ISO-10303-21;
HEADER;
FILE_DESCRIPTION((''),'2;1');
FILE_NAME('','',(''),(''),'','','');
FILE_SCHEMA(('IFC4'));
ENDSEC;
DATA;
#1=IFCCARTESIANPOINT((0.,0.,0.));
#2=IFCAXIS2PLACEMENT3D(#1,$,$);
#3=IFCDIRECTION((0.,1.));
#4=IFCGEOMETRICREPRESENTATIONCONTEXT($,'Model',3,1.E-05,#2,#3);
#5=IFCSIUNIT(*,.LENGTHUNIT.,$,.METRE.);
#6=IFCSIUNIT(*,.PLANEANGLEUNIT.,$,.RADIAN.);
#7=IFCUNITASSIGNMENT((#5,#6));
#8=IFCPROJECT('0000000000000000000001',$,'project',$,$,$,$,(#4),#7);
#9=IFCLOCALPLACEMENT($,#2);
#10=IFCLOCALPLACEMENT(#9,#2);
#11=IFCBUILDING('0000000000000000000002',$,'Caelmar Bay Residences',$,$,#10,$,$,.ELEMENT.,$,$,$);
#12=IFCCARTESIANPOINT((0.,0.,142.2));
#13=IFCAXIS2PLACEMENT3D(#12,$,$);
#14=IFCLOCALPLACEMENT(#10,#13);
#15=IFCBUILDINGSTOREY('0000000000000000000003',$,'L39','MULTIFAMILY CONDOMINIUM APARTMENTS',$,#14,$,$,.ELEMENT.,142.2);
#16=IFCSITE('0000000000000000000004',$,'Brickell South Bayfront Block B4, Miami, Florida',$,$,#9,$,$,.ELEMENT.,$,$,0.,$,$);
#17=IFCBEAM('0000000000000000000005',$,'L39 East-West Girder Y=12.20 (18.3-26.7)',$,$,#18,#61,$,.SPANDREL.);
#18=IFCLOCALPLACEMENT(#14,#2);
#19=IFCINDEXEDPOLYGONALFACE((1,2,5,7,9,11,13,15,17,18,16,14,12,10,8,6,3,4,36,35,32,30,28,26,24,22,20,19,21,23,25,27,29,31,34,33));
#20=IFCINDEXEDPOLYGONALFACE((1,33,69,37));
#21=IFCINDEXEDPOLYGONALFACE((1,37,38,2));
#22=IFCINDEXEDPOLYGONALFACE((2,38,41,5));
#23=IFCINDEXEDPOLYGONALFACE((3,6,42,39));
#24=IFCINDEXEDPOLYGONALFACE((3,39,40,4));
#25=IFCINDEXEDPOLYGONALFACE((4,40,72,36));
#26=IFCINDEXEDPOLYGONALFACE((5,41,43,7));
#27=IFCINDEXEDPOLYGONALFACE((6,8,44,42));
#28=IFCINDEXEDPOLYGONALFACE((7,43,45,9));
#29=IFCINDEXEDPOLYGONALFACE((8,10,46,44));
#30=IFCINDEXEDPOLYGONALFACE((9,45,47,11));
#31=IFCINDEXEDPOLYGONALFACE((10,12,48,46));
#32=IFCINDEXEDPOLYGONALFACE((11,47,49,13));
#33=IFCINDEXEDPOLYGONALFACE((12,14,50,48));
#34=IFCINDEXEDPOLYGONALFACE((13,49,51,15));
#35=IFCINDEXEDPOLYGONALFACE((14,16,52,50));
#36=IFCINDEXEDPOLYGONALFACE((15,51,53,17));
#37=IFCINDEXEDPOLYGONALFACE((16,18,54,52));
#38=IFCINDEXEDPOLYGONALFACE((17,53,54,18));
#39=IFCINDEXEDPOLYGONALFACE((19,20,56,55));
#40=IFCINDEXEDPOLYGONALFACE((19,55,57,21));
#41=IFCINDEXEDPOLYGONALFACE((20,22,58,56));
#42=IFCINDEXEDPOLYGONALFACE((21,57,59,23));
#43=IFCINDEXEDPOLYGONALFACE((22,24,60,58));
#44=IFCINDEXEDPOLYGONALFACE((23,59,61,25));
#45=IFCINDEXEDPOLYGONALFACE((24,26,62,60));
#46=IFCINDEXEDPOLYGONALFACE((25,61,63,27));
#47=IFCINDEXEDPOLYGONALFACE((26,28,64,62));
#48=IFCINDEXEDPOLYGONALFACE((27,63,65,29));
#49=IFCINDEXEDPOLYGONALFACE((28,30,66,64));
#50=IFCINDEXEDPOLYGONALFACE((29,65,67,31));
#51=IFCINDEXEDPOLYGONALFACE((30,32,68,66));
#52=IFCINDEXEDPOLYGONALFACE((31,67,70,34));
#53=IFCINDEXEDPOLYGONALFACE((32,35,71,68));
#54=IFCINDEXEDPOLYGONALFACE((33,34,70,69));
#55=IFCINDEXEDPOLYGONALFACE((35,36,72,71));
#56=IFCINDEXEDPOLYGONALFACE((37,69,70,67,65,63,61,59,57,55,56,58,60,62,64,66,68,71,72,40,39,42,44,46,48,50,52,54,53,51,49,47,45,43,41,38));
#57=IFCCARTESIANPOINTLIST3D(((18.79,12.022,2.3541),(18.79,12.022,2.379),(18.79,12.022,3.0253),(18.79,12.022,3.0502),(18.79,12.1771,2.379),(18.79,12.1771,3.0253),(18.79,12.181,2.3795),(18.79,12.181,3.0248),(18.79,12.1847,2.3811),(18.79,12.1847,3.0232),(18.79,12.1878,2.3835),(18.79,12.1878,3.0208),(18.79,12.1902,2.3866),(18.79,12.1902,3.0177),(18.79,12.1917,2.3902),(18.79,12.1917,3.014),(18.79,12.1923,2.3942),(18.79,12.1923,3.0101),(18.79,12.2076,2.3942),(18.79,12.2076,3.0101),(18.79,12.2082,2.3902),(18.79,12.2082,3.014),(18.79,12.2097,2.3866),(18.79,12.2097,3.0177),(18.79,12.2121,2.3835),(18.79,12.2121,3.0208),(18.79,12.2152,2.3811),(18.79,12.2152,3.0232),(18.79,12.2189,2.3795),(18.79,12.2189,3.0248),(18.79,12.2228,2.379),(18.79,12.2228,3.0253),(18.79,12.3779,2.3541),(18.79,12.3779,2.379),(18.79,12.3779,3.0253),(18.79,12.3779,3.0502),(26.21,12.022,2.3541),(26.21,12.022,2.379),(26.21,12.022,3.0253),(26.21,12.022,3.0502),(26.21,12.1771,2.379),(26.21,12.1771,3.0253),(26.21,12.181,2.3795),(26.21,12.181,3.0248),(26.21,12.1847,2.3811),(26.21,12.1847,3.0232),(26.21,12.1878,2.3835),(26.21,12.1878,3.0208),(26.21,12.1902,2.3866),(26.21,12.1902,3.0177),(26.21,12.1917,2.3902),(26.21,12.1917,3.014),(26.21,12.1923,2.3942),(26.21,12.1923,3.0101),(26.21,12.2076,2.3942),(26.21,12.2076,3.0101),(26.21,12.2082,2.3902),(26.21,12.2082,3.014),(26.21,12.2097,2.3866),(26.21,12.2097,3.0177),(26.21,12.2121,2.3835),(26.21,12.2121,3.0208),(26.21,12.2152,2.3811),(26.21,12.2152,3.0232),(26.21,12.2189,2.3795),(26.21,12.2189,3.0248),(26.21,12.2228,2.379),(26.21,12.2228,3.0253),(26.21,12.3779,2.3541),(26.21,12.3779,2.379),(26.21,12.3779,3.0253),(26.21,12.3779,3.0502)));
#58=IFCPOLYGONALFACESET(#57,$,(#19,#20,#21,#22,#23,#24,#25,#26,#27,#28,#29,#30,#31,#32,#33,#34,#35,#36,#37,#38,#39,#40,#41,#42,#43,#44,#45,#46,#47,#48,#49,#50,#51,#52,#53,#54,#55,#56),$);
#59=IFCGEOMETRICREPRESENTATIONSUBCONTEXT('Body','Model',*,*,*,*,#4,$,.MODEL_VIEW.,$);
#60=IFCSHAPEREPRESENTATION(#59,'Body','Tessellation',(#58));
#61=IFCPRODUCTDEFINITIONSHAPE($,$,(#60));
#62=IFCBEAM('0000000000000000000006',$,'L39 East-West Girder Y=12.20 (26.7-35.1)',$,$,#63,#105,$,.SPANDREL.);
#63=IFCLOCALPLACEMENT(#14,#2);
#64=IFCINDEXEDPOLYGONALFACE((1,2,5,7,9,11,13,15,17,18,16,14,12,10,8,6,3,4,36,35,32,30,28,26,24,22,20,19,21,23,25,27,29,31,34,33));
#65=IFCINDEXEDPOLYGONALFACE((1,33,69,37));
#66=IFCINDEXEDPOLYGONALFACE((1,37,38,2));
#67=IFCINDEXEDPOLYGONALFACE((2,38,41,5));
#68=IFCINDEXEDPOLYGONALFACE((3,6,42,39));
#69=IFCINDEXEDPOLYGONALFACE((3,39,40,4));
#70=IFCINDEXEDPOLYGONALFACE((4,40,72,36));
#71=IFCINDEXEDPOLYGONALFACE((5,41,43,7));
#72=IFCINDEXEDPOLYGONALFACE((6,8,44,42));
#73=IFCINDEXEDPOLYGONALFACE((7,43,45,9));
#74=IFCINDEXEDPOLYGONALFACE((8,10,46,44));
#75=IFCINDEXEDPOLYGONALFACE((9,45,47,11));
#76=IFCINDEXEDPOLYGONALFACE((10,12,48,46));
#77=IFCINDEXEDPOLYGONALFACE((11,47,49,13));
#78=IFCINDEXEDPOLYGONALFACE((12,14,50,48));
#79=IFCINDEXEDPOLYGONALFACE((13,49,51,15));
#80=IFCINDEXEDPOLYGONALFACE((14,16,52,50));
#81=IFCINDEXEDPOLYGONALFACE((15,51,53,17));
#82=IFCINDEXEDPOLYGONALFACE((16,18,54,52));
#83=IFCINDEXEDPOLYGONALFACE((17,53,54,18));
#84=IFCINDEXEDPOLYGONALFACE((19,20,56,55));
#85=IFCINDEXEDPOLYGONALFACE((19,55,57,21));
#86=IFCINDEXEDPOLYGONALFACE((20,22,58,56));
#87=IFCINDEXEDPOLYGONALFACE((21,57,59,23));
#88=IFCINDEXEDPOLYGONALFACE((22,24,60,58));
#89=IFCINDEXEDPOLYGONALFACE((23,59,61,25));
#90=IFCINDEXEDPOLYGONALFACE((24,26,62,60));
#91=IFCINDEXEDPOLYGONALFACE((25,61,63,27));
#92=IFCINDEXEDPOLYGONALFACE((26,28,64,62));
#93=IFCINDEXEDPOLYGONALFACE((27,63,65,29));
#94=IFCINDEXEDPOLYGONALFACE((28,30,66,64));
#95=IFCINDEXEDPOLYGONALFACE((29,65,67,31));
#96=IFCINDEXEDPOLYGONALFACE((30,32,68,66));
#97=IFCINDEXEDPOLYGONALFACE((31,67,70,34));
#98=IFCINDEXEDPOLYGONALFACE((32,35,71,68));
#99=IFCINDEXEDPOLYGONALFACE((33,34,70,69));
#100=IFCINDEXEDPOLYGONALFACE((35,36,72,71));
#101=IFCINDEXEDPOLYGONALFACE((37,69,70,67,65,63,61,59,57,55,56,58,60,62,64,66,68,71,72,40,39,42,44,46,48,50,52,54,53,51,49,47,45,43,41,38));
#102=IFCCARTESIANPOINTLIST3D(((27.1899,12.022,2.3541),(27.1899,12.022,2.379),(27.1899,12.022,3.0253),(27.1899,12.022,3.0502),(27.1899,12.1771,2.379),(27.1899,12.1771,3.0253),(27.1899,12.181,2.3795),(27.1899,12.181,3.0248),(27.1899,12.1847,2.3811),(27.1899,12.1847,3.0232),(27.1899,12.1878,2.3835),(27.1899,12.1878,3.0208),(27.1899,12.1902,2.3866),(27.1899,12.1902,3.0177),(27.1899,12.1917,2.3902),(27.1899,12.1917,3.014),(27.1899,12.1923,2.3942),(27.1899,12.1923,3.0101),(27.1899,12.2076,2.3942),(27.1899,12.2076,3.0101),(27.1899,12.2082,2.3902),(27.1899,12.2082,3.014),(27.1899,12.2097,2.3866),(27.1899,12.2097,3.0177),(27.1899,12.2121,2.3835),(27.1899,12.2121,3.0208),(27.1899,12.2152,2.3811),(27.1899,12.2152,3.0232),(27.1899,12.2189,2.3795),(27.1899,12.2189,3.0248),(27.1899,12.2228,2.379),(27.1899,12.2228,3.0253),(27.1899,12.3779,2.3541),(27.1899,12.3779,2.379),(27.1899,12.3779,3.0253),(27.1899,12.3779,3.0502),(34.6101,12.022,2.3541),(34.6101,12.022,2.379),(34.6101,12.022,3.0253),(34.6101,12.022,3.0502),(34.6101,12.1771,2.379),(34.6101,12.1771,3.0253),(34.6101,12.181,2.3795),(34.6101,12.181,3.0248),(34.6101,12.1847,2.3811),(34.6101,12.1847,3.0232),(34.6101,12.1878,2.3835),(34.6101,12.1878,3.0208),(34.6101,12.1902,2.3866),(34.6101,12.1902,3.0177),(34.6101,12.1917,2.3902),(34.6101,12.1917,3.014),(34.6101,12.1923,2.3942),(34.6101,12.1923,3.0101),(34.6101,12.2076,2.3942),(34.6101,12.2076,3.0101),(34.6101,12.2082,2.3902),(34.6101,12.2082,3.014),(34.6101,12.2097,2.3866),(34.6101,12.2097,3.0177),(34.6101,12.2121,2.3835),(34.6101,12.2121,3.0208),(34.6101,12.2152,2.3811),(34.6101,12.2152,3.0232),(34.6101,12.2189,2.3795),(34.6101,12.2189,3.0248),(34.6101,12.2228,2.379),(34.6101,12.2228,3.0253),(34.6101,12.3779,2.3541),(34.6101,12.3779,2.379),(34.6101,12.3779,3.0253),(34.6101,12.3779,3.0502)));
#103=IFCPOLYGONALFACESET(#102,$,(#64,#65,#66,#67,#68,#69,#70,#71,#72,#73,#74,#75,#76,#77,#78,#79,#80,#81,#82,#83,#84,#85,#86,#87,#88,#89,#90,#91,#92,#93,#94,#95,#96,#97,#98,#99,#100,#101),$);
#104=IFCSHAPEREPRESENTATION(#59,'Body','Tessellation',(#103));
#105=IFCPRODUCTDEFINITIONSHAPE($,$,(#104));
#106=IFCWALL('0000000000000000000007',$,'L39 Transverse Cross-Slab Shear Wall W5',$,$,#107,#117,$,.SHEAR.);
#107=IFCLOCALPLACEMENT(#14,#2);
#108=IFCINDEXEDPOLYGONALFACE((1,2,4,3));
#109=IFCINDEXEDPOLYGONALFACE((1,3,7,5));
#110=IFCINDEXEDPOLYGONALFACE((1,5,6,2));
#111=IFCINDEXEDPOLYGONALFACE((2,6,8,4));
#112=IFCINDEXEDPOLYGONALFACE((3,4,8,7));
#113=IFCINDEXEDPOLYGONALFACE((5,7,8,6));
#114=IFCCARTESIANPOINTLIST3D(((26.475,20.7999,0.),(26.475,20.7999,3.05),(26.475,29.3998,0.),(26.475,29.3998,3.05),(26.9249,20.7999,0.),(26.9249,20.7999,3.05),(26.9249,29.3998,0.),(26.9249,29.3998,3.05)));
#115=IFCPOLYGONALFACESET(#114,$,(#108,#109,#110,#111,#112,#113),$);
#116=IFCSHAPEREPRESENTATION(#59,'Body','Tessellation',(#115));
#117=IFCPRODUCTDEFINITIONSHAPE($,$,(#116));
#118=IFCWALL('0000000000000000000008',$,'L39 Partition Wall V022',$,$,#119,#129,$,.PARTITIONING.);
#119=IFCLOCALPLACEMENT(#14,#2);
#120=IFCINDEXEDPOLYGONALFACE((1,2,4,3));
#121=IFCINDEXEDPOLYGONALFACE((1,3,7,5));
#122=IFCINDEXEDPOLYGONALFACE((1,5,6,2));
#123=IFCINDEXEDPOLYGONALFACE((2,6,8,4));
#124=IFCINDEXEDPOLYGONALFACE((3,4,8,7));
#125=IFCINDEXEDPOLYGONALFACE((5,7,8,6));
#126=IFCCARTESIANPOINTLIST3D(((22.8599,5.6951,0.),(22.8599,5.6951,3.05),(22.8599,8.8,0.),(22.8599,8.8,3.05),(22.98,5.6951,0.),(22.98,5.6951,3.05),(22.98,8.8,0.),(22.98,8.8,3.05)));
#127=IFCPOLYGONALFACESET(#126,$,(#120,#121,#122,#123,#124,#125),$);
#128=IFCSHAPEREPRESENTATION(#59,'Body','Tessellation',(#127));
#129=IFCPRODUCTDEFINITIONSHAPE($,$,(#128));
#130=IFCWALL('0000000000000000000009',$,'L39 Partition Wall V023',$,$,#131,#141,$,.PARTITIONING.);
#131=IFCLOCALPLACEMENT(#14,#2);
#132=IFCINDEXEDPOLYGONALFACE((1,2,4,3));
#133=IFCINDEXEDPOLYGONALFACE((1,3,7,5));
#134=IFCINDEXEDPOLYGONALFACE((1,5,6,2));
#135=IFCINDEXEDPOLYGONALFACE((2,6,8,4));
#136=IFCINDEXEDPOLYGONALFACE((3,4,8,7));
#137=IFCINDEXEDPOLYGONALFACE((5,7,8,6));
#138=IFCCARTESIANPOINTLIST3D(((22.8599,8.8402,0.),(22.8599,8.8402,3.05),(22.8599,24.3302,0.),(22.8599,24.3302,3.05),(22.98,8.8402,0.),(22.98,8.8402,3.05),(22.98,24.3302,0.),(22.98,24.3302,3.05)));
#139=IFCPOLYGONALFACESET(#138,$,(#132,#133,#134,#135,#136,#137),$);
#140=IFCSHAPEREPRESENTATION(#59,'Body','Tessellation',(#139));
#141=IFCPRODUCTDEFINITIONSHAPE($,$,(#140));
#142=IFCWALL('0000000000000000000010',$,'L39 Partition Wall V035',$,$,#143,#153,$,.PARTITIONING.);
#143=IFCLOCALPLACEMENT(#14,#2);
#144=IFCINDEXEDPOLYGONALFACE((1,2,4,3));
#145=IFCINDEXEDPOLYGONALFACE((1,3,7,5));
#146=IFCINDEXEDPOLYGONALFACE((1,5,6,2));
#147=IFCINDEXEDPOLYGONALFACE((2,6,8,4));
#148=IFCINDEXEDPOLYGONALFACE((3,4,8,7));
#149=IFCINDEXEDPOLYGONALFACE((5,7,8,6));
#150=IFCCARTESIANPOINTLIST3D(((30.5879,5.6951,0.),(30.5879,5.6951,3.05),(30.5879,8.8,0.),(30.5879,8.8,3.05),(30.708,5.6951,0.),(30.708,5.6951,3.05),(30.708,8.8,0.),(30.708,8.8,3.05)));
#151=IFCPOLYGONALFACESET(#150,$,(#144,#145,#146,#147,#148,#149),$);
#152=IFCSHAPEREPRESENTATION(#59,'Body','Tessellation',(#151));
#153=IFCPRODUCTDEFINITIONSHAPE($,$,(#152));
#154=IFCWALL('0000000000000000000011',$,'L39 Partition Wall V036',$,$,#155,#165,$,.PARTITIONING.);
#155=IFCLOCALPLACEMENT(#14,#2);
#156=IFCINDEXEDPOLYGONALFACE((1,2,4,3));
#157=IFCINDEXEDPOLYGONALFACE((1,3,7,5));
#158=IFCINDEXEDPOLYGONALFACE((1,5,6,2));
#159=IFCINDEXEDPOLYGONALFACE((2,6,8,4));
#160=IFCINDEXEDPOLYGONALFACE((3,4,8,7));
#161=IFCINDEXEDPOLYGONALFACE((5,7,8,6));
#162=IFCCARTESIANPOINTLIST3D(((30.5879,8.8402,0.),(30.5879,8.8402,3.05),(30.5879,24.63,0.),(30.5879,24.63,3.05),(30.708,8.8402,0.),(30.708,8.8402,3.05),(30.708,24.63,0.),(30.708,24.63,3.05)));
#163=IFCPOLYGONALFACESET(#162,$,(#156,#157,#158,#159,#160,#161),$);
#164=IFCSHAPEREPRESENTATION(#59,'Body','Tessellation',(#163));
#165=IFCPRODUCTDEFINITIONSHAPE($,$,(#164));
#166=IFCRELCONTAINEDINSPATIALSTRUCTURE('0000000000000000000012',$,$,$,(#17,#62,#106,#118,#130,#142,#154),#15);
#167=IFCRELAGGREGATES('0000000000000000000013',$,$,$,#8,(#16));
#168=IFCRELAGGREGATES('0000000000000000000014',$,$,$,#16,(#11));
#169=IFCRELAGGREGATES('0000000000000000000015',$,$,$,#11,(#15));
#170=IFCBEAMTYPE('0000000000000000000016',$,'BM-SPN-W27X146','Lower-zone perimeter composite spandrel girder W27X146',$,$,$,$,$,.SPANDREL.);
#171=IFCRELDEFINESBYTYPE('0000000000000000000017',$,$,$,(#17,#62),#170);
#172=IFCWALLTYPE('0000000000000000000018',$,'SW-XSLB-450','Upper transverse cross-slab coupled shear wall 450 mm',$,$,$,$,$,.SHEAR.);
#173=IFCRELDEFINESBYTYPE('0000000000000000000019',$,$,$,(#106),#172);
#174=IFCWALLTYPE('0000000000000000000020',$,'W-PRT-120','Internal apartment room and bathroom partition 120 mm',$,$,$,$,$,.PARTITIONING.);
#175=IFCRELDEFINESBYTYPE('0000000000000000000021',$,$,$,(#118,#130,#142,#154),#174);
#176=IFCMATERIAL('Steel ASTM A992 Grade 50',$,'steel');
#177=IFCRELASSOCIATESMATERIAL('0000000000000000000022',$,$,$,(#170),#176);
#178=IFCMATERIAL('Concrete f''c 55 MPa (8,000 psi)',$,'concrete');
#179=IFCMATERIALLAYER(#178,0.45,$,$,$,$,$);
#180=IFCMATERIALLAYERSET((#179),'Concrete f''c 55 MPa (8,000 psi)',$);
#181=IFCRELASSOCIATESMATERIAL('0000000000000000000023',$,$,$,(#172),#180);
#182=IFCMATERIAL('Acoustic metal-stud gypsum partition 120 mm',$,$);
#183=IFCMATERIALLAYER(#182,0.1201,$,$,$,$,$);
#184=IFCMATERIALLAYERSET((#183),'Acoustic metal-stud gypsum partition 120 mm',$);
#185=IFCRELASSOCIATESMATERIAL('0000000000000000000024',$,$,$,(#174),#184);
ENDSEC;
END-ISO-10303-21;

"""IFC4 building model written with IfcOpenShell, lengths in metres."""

from ifc_helpers import new_model, si_unit, direction, frame, frame_2d, origin, origin_2d, place, context, subcontext, project, spatial, rectangle, i_section, extrude, material, layer, layer_set, material_profile, profile_set, type_object, element, save


model = new_model("IFC4")

# Units and contexts
model_context = context("Model", 3, precision=1e-05, world=origin(), true_north=direction((0.0, 1.0)))
body_context = subcontext(model_context, "Body", "Model", "MODEL_VIEW")
ifc_project = project(units=[si_unit("LENGTHUNIT", "METRE"), si_unit("PLANEANGLEUNIT", "RADIAN")], contexts=[model_context])

# Site, building, storey
site_placement = place(None, origin())
site = spatial("IfcSite", under=ifc_project, at=site_placement, Name="Brickell South Bayfront Block B4, Miami, Florida", CompositionType="ELEMENT", RefElevation=0.0)
building_placement = place(site_placement, origin())
building = spatial("IfcBuilding", under=site, at=building_placement, Name="Caelmar Bay Residences", CompositionType="ELEMENT")
storey_placement = place(building_placement, frame((0.0, 0.0, 142.2)))
storey = spatial("IfcBuildingStorey", under=building, at=storey_placement, Name="L39", Description="MULTIFAMILY CONDOMINIUM APARTMENTS", CompositionType="ELEMENT", Elevation=142.2)

# Beams
ifc_material_1 = material(Name="Steel ASTM A992 Grade 50", Category="steel")
ifc_material_profile_1 = material_profile(ifc_material_1, i_section(OverallWidth=0.356, OverallDepth=0.696, WebThickness=0.0154, FlangeThickness=0.0249, FilletRadius=0.0151, at=origin_2d()), Name="W27X146")
ifc_profile_set_1 = profile_set([ifc_material_profile_1], Name="Steel ASTM A992 Grade 50")
beam_type_1 = type_object("IfcBeamType", Name="BM-SPN-W27X146", Description="Lower-zone perimeter composite spandrel girder W27X146", PredefinedType="SPANDREL", material=ifc_profile_set_1)
beam_1_placement = place(storey_placement, frame((18.79, 12.2, 2.7021), z_axis=(1.0, 0.0, 0.0), x_axis=(0.0, 1.0, 0.0)))
element("IfcBeam", 1, at=beam_1_placement, inside=storey, type_object=beam_type_1, Name="L39 East-West Girder Y=12.20 (18.3-26.7)", PredefinedType="SPANDREL", context=body_context, shape_type="SweptSolid", body=[
    extrude(i_section(OverallWidth=0.356, OverallDepth=0.696, WebThickness=0.0154, FlangeThickness=0.0249, FilletRadius=0.0151, at=origin_2d()), origin(), (0.0, 0.0, 1.0), 7.4199),
])
beam_2_placement = place(storey_placement, frame((27.1899, 12.2, 2.7021), z_axis=(1.0, 0.0, 0.0), x_axis=(0.0, 1.0, 0.0)))
element("IfcBeam", 2, at=beam_2_placement, inside=storey, type_object=beam_type_1, Name="L39 East-West Girder Y=12.20 (26.7-35.1)", PredefinedType="SPANDREL", context=body_context, shape_type="SweptSolid", body=[
    extrude(i_section(OverallWidth=0.356, OverallDepth=0.696, WebThickness=0.0154, FlangeThickness=0.0249, FilletRadius=0.0151, at=origin_2d()), origin(), (0.0, 0.0, 1.0), 7.4202),
])

# Walls
ifc_material_2 = material(Name="Concrete f'c 55 MPa (8,000 psi)", Category="concrete")
ifc_layer_1 = layer(ifc_material_2, 0.45)
ifc_layer_set_1 = layer_set([ifc_layer_1], Name="Concrete f'c 55 MPa (8,000 psi)")
wall_type_1 = type_object("IfcWallType", Name="SW-XSLB-450", Description="Upper transverse cross-slab coupled shear wall 450 mm", PredefinedType="SHEAR", material=ifc_layer_set_1)
wall_1_placement = place(storey_placement, frame((26.7, 20.8, 0.0), z_axis=(0.0, 0.0, 1.0), x_axis=(0.0, 1.0, 0.0)))
element("IfcWall", 3, at=wall_1_placement, inside=storey, type_object=wall_type_1, Name="L39 Transverse Cross-Slab Shear Wall W5", PredefinedType="SHEAR", context=body_context, shape_type="SweptSolid", body=[
    extrude(rectangle(XDim=8.5999, YDim=0.45, at=frame_2d((4.2998, 0.0))), origin(), (0.0, 0.0, 1.0), 3.05),
])
ifc_material_3 = material(Name="Acoustic metal-stud gypsum partition 120 mm")
ifc_layer_2 = layer(ifc_material_3, 0.1201)
ifc_layer_set_2 = layer_set([ifc_layer_2], Name="Acoustic metal-stud gypsum partition 120 mm")
wall_type_2 = type_object("IfcWallType", Name="W-PRT-120", Description="Internal apartment room and bathroom partition 120 mm", PredefinedType="PARTITIONING", material=ifc_layer_set_2)
wall_2_placement = place(storey_placement, frame((22.9199, 5.6951, 0.0), z_axis=(0.0, 0.0, 1.0), x_axis=(0.0, 1.0, 0.0)))
element("IfcWall", 4, at=wall_2_placement, inside=storey, type_object=wall_type_2, Name="L39 Partition Wall V022", PredefinedType="PARTITIONING", context=body_context, shape_type="SweptSolid", body=[
    extrude(rectangle(XDim=3.105, YDim=0.1201, at=frame_2d((1.5525, 0.0))), origin(), (0.0, 0.0, 1.0), 3.05),
])
wall_3_placement = place(storey_placement, frame((22.9199, 8.8401, 0.0), z_axis=(0.0, 0.0, 1.0), x_axis=(0.0, 1.0, 0.0)))
element("IfcWall", 5, at=wall_3_placement, inside=storey, type_object=wall_type_2, Name="L39 Partition Wall V023", PredefinedType="PARTITIONING", context=body_context, shape_type="SweptSolid", body=[
    extrude(rectangle(XDim=15.49, YDim=0.1201, at=frame_2d((7.7451, 0.0))), origin(), (0.0, 0.0, 1.0), 3.05),
])
wall_4_placement = place(storey_placement, frame((30.6479, 5.6951, 0.0), z_axis=(0.0, 0.0, 1.0), x_axis=(0.0, 1.0, 0.0)))
element("IfcWall", 6, at=wall_4_placement, inside=storey, type_object=wall_type_2, Name="L39 Partition Wall V035", PredefinedType="PARTITIONING", context=body_context, shape_type="SweptSolid", body=[
    extrude(rectangle(XDim=3.105, YDim=0.1201, at=frame_2d((1.5525, 0.0))), origin(), (0.0, 0.0, 1.0), 3.05),
])
wall_5_placement = place(storey_placement, frame((30.6479, 8.8401, 0.0), z_axis=(0.0, 0.0, 1.0), x_axis=(0.0, 1.0, 0.0)))
element("IfcWall", 7, at=wall_5_placement, inside=storey, type_object=wall_type_2, Name="L39 Partition Wall V036", PredefinedType="PARTITIONING", context=body_context, shape_type="SweptSolid", body=[
    extrude(rectangle(XDim=15.7898, YDim=0.1201, at=frame_2d((7.895, 0.0))), origin(), (0.0, 0.0, 1.0), 3.05),
])

save(model, "model.ifc")
